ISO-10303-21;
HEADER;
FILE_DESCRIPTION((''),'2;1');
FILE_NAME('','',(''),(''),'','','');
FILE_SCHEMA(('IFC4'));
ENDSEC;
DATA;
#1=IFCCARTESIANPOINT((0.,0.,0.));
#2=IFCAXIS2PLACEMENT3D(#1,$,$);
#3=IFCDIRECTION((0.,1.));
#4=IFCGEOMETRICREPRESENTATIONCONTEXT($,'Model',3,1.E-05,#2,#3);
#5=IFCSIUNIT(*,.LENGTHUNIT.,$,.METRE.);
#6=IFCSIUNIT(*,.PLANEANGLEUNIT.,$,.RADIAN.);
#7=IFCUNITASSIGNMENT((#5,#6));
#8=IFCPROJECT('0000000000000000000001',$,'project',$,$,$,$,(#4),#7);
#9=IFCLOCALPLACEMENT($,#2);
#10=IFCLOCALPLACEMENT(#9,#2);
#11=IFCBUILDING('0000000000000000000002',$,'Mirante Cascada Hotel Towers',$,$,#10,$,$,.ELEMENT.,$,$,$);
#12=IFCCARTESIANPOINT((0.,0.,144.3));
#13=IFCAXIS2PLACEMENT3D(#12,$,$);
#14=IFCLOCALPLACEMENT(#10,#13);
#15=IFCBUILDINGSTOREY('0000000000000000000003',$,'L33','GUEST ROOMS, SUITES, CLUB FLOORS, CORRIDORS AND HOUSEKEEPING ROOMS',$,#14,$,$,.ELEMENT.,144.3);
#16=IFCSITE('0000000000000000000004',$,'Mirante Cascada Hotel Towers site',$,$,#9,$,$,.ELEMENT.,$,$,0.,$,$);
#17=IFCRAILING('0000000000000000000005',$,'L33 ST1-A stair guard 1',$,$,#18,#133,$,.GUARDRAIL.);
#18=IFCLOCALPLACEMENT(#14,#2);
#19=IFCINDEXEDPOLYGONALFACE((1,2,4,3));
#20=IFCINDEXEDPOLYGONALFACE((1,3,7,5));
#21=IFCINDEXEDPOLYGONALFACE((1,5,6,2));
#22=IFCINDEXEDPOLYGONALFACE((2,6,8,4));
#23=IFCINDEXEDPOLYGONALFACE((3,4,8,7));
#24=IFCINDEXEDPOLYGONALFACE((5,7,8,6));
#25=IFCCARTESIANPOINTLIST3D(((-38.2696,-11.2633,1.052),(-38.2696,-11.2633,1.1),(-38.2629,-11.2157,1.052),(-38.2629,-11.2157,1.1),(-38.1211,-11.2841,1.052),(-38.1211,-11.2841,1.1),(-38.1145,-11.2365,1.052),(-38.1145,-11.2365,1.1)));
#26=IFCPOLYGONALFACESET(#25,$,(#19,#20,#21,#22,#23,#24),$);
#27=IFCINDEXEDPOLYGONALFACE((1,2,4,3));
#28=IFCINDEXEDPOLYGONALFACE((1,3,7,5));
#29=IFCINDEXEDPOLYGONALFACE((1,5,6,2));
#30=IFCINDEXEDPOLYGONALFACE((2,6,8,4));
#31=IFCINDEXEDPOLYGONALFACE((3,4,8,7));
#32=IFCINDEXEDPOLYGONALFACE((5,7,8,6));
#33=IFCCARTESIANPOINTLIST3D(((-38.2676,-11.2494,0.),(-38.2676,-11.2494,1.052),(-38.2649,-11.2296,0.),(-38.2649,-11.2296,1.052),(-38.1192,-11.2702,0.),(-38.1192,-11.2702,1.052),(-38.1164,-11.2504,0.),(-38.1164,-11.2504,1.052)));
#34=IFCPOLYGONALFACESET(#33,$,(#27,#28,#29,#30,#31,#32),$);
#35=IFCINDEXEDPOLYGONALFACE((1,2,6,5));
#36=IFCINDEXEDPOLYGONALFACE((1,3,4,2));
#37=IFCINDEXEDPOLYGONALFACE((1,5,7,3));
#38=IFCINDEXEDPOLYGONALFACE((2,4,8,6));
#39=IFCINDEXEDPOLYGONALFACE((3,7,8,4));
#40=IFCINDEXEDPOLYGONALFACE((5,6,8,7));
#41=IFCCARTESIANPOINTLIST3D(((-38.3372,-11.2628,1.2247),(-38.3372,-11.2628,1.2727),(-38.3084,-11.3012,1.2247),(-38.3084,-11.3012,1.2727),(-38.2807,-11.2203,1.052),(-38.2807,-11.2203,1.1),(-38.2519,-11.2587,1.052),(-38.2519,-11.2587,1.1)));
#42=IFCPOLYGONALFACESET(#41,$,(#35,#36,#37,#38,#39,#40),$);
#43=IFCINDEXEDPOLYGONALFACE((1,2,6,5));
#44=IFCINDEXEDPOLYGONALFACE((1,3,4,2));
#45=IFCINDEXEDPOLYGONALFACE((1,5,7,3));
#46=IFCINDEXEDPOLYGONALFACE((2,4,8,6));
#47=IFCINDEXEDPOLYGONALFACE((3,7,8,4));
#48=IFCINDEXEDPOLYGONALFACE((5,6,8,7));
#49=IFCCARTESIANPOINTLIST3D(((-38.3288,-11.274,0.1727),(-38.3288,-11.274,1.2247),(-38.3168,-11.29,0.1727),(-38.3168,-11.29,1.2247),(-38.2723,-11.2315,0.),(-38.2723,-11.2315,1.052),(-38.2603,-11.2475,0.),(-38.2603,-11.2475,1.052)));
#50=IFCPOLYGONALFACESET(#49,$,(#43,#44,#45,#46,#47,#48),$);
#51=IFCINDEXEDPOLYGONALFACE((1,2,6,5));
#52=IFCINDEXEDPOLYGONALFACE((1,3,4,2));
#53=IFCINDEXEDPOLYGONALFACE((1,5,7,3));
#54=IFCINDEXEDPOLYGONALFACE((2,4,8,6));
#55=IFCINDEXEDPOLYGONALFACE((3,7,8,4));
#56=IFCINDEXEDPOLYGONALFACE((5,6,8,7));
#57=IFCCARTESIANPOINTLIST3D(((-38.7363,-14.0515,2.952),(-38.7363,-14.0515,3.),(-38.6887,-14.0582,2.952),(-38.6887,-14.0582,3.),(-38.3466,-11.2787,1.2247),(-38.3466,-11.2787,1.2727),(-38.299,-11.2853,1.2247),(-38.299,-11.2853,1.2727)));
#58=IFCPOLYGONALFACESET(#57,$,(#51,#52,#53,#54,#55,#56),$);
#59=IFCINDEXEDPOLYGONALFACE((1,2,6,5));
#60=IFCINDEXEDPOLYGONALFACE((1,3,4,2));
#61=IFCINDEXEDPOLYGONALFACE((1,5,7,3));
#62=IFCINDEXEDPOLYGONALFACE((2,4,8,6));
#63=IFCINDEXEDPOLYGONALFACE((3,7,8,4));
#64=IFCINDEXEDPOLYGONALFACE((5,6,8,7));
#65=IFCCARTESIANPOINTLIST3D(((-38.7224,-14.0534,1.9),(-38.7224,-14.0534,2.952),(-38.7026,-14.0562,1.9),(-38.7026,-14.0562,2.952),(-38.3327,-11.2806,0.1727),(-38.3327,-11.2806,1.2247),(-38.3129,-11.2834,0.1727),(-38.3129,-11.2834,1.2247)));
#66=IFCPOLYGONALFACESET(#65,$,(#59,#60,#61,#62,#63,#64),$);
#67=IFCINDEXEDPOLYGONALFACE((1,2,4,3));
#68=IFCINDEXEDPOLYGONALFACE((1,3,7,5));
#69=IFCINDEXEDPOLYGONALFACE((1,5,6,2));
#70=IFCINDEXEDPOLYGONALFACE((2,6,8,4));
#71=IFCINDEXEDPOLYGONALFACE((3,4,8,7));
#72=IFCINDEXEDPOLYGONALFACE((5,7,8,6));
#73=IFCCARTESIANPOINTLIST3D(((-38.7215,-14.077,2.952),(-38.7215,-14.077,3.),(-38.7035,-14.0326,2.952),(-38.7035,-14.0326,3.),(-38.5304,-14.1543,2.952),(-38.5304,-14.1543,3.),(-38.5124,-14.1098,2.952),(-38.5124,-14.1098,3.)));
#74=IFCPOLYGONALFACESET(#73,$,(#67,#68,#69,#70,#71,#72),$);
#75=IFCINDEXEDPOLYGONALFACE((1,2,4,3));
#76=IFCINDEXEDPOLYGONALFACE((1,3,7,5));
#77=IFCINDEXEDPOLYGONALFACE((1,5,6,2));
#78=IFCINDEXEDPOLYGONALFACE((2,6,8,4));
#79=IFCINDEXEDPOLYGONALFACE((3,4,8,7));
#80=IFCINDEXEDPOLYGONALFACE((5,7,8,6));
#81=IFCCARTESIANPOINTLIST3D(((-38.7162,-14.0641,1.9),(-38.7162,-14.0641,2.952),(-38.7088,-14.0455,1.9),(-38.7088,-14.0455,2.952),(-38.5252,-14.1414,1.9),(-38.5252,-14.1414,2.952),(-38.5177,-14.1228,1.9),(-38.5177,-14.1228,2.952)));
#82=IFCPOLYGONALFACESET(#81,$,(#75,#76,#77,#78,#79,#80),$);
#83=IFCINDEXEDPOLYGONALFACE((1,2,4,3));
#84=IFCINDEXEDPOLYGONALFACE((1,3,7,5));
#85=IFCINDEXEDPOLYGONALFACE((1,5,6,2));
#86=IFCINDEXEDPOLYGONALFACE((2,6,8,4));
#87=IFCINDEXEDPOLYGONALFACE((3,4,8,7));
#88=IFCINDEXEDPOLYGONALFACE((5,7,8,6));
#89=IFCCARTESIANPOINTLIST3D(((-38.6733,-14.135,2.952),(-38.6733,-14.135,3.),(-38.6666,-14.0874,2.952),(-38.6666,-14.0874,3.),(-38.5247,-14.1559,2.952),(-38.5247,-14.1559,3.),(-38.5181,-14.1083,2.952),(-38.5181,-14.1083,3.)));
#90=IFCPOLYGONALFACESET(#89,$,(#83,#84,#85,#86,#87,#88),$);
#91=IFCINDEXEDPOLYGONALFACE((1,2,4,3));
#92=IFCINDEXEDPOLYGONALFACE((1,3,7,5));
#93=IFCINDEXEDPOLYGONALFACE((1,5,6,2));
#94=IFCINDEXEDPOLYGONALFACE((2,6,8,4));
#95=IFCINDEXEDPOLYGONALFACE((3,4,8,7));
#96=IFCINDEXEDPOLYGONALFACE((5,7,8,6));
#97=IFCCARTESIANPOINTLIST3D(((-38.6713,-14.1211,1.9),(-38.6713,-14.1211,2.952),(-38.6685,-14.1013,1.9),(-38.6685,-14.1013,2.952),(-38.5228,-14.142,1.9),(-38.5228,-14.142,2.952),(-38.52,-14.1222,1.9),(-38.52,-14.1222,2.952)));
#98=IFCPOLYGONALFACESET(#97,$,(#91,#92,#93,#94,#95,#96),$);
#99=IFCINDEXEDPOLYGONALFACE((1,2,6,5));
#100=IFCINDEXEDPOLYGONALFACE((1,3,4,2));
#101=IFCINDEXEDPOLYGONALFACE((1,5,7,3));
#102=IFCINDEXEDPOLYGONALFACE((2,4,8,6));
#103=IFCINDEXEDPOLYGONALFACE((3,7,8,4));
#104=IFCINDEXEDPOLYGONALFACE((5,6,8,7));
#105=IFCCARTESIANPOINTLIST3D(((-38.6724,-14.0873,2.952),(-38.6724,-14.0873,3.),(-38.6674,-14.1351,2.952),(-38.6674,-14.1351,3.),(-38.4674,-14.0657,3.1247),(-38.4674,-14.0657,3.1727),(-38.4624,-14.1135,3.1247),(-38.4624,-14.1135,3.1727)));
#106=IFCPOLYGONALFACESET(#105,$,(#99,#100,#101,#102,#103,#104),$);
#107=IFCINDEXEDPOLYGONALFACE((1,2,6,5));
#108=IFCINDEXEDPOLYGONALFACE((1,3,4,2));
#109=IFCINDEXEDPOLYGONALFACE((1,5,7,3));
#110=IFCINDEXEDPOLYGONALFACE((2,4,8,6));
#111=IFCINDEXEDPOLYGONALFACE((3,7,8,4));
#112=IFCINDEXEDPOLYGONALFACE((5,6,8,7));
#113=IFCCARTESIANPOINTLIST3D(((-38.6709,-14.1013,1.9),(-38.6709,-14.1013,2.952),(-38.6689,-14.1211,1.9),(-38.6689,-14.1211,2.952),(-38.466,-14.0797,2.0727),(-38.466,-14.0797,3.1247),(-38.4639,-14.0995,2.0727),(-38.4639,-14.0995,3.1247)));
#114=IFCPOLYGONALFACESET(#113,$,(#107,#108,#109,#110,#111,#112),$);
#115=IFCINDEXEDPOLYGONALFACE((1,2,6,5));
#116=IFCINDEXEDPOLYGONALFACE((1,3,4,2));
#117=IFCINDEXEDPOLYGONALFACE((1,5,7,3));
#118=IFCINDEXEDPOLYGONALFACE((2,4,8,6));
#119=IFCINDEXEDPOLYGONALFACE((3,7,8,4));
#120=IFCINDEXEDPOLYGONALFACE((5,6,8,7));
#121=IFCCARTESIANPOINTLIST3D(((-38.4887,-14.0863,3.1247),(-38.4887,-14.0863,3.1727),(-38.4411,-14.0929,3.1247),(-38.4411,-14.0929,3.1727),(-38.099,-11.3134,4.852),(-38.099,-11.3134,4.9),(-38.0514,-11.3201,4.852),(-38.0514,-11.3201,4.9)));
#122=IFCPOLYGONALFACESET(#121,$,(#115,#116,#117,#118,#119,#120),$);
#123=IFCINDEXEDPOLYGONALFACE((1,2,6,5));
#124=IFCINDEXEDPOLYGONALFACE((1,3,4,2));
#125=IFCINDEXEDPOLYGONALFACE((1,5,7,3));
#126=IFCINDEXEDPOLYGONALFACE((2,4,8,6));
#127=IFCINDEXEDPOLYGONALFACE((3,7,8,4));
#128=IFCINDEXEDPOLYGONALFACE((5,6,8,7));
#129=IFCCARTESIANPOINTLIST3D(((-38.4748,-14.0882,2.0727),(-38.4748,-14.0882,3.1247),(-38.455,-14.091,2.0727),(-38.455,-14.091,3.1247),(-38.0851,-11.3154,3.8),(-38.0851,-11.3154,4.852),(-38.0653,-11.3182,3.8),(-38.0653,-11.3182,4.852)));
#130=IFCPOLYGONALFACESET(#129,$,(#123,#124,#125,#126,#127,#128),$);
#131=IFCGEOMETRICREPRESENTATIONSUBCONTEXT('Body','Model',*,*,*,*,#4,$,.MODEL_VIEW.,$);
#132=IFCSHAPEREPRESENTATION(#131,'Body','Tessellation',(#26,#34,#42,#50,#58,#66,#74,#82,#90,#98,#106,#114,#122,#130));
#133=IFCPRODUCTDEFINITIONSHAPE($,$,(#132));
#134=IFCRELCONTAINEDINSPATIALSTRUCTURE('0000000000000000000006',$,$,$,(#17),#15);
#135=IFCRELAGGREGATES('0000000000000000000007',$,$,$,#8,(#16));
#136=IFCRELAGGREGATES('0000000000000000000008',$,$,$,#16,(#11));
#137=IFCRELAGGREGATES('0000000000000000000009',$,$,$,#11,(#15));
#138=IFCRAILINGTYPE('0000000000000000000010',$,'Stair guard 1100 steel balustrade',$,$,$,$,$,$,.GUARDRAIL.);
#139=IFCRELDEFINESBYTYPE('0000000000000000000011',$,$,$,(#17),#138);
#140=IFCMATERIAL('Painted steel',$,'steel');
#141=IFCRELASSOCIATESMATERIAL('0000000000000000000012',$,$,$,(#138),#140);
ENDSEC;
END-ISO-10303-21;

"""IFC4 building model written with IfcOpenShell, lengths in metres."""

from ifc_helpers import new_model, si_unit, direction, frame, origin, origin_2d, place, context, subcontext, project, spatial, rectangle, extrude, material, type_object, element, save


model = new_model("IFC4")

# Units and contexts
model_context = context("Model", 3, precision=1e-05, world=origin(), true_north=direction((0.0, 1.0)))
body_context = subcontext(model_context, "Body", "Model", "MODEL_VIEW")
ifc_project = project(units=[si_unit("LENGTHUNIT", "METRE"), si_unit("PLANEANGLEUNIT", "RADIAN")], contexts=[model_context])

# Site, building, storey
site_placement = place(None, origin())
site = spatial("IfcSite", under=ifc_project, at=site_placement, Name="Mirante Cascada Hotel Towers site", CompositionType="ELEMENT", RefElevation=0.0)
building_placement = place(site_placement, origin())
building = spatial("IfcBuilding", under=site, at=building_placement, Name="Mirante Cascada Hotel Towers", CompositionType="ELEMENT")
storey_placement = place(building_placement, frame((0.0, 0.0, 144.3)))
storey = spatial("IfcBuildingStorey", under=building, at=storey_placement, Name="L33", Description="GUEST ROOMS, SUITES, CLUB FLOORS, CORRIDORS AND HOUSEKEEPING ROOMS", CompositionType="ELEMENT", Elevation=144.3)

# Railing
ifc_material_1 = material(Name="Painted steel", Category="steel")
railing_type = type_object("IfcRailingType", Name="Stair guard 1100 steel balustrade", PredefinedType="GUARDRAIL", material=ifc_material_1)
railing_placement = place(storey_placement, frame((-38.1178, -11.2603, 0.0)))
element("IfcRailing", 1, at=railing_placement, inside=storey, type_object=railing_type, Name="L33 ST1-A stair guard 1", PredefinedType="GUARDRAIL", context=body_context, shape_type="SweptSolid", body=[
    extrude(rectangle(XDim=0.048, YDim=0.048, at=origin_2d()), frame((0.0, 0.0, 1.076), z_axis=(-0.990333, 0.138713, 0.0), x_axis=(-0.138713, -0.990333, 0.0)), (0.0, 0.0, 1.0), 0.1499),
    extrude(rectangle(XDim=0.02, YDim=1.052, at=origin_2d()), frame((0.0, 0.0, 0.526), z_axis=(-0.990333, 0.138713, 0.0), x_axis=(-0.138713, -0.990333, 0.0)), (0.0, 0.0, 1.0), 0.1499),
    extrude(rectangle(XDim=0.048, YDim=0.048, at=origin_2d()), frame((-0.1485, 0.0208, 1.076), z_axis=(-0.79915, -0.601131, 0.0), x_axis=(0.601131, -0.79915, 0.0)), (0.0, 0.925453, 0.378863), 0.1866),
    extrude(rectangle(XDim=0.02, YDim=1.052, at=origin_2d()), frame((-0.1485, 0.0208, 0.526), z_axis=(-0.79915, -0.601131, 0.0), x_axis=(0.601131, -0.79915, 0.0)), (0.0, 0.925453, 0.378863), 0.1866),
    extrude(rectangle(XDim=0.048, YDim=0.048, at=origin_2d()), frame((-0.205, -0.0217, 1.2487), z_axis=(-0.139176, -0.990268, 0.0), x_axis=(0.990268, -0.139176, 0.0)), (0.0, 0.525021, 0.851089), 3.29),
    extrude(rectangle(XDim=0.02, YDim=1.052, at=origin_2d()), frame((-0.205, -0.0217, 0.6987), z_axis=(-0.139176, -0.990268, 0.0), x_axis=(0.990268, -0.139176, 0.0)), (0.0, 0.525021, 0.851089), 3.29),
    extrude(rectangle(XDim=0.048, YDim=0.048, at=origin_2d()), frame((-0.5947, -2.7945, 2.976), z_axis=(0.927031, -0.374984, 0.0), x_axis=(0.374984, 0.927031, 0.0)), (0.0, 0.0, 1.0), 0.2061),
    extrude(rectangle(XDim=0.02, YDim=1.052, at=origin_2d()), frame((-0.5947, -2.7945, 2.426), z_axis=(0.927031, -0.374984, 0.0), x_axis=(0.374984, 0.927031, 0.0)), (0.0, 0.0, 1.0), 0.2061),
    extrude(rectangle(XDim=0.048, YDim=0.048, at=origin_2d()), frame((-0.4036, -2.8718, 2.976), z_axis=(-0.990241, 0.139367, 0.0), x_axis=(-0.139367, -0.990241, 0.0)), (0.0, 0.0, 1.0), 0.15),
    extrude(rectangle(XDim=0.02, YDim=1.052, at=origin_2d()), frame((-0.4036, -2.8718, 2.426), z_axis=(-0.990241, 0.139367, 0.0), x_axis=(-0.139367, -0.990241, 0.0)), (0.0, 0.0, 1.0), 0.15),
    extrude(rectangle(XDim=0.048, YDim=0.048, at=origin_2d()), frame((-0.5521, -2.8509, 2.976), z_axis=(0.994495, 0.104786, 0.0), x_axis=(-0.104786, 0.994495, 0.0)), (0.0, 0.642203, 0.766534), 0.2689),
    extrude(rectangle(XDim=0.02, YDim=1.052, at=origin_2d()), frame((-0.5521, -2.8509, 2.426), z_axis=(0.994495, 0.104786, 0.0), x_axis=(-0.104786, 0.994495, 0.0)), (0.0, 0.642203, 0.766534), 0.2689),
    extrude(rectangle(XDim=0.048, YDim=0.048, at=origin_2d()), frame((-0.3471, -2.8293, 3.1487), z_axis=(0.139176, 0.990268, 0.0), x_axis=(-0.990268, 0.139176, 0.0)), (0.0, 0.525021, 0.851089), 3.29),
    extrude(rectangle(XDim=0.02, YDim=1.052, at=origin_2d()), frame((-0.3471, -2.8293, 2.5987), z_axis=(0.139176, 0.990268, 0.0), x_axis=(-0.990268, 0.139176, 0.0)), (0.0, 0.525021, 0.851089), 3.29),
])

save(model, "model.ifc")
